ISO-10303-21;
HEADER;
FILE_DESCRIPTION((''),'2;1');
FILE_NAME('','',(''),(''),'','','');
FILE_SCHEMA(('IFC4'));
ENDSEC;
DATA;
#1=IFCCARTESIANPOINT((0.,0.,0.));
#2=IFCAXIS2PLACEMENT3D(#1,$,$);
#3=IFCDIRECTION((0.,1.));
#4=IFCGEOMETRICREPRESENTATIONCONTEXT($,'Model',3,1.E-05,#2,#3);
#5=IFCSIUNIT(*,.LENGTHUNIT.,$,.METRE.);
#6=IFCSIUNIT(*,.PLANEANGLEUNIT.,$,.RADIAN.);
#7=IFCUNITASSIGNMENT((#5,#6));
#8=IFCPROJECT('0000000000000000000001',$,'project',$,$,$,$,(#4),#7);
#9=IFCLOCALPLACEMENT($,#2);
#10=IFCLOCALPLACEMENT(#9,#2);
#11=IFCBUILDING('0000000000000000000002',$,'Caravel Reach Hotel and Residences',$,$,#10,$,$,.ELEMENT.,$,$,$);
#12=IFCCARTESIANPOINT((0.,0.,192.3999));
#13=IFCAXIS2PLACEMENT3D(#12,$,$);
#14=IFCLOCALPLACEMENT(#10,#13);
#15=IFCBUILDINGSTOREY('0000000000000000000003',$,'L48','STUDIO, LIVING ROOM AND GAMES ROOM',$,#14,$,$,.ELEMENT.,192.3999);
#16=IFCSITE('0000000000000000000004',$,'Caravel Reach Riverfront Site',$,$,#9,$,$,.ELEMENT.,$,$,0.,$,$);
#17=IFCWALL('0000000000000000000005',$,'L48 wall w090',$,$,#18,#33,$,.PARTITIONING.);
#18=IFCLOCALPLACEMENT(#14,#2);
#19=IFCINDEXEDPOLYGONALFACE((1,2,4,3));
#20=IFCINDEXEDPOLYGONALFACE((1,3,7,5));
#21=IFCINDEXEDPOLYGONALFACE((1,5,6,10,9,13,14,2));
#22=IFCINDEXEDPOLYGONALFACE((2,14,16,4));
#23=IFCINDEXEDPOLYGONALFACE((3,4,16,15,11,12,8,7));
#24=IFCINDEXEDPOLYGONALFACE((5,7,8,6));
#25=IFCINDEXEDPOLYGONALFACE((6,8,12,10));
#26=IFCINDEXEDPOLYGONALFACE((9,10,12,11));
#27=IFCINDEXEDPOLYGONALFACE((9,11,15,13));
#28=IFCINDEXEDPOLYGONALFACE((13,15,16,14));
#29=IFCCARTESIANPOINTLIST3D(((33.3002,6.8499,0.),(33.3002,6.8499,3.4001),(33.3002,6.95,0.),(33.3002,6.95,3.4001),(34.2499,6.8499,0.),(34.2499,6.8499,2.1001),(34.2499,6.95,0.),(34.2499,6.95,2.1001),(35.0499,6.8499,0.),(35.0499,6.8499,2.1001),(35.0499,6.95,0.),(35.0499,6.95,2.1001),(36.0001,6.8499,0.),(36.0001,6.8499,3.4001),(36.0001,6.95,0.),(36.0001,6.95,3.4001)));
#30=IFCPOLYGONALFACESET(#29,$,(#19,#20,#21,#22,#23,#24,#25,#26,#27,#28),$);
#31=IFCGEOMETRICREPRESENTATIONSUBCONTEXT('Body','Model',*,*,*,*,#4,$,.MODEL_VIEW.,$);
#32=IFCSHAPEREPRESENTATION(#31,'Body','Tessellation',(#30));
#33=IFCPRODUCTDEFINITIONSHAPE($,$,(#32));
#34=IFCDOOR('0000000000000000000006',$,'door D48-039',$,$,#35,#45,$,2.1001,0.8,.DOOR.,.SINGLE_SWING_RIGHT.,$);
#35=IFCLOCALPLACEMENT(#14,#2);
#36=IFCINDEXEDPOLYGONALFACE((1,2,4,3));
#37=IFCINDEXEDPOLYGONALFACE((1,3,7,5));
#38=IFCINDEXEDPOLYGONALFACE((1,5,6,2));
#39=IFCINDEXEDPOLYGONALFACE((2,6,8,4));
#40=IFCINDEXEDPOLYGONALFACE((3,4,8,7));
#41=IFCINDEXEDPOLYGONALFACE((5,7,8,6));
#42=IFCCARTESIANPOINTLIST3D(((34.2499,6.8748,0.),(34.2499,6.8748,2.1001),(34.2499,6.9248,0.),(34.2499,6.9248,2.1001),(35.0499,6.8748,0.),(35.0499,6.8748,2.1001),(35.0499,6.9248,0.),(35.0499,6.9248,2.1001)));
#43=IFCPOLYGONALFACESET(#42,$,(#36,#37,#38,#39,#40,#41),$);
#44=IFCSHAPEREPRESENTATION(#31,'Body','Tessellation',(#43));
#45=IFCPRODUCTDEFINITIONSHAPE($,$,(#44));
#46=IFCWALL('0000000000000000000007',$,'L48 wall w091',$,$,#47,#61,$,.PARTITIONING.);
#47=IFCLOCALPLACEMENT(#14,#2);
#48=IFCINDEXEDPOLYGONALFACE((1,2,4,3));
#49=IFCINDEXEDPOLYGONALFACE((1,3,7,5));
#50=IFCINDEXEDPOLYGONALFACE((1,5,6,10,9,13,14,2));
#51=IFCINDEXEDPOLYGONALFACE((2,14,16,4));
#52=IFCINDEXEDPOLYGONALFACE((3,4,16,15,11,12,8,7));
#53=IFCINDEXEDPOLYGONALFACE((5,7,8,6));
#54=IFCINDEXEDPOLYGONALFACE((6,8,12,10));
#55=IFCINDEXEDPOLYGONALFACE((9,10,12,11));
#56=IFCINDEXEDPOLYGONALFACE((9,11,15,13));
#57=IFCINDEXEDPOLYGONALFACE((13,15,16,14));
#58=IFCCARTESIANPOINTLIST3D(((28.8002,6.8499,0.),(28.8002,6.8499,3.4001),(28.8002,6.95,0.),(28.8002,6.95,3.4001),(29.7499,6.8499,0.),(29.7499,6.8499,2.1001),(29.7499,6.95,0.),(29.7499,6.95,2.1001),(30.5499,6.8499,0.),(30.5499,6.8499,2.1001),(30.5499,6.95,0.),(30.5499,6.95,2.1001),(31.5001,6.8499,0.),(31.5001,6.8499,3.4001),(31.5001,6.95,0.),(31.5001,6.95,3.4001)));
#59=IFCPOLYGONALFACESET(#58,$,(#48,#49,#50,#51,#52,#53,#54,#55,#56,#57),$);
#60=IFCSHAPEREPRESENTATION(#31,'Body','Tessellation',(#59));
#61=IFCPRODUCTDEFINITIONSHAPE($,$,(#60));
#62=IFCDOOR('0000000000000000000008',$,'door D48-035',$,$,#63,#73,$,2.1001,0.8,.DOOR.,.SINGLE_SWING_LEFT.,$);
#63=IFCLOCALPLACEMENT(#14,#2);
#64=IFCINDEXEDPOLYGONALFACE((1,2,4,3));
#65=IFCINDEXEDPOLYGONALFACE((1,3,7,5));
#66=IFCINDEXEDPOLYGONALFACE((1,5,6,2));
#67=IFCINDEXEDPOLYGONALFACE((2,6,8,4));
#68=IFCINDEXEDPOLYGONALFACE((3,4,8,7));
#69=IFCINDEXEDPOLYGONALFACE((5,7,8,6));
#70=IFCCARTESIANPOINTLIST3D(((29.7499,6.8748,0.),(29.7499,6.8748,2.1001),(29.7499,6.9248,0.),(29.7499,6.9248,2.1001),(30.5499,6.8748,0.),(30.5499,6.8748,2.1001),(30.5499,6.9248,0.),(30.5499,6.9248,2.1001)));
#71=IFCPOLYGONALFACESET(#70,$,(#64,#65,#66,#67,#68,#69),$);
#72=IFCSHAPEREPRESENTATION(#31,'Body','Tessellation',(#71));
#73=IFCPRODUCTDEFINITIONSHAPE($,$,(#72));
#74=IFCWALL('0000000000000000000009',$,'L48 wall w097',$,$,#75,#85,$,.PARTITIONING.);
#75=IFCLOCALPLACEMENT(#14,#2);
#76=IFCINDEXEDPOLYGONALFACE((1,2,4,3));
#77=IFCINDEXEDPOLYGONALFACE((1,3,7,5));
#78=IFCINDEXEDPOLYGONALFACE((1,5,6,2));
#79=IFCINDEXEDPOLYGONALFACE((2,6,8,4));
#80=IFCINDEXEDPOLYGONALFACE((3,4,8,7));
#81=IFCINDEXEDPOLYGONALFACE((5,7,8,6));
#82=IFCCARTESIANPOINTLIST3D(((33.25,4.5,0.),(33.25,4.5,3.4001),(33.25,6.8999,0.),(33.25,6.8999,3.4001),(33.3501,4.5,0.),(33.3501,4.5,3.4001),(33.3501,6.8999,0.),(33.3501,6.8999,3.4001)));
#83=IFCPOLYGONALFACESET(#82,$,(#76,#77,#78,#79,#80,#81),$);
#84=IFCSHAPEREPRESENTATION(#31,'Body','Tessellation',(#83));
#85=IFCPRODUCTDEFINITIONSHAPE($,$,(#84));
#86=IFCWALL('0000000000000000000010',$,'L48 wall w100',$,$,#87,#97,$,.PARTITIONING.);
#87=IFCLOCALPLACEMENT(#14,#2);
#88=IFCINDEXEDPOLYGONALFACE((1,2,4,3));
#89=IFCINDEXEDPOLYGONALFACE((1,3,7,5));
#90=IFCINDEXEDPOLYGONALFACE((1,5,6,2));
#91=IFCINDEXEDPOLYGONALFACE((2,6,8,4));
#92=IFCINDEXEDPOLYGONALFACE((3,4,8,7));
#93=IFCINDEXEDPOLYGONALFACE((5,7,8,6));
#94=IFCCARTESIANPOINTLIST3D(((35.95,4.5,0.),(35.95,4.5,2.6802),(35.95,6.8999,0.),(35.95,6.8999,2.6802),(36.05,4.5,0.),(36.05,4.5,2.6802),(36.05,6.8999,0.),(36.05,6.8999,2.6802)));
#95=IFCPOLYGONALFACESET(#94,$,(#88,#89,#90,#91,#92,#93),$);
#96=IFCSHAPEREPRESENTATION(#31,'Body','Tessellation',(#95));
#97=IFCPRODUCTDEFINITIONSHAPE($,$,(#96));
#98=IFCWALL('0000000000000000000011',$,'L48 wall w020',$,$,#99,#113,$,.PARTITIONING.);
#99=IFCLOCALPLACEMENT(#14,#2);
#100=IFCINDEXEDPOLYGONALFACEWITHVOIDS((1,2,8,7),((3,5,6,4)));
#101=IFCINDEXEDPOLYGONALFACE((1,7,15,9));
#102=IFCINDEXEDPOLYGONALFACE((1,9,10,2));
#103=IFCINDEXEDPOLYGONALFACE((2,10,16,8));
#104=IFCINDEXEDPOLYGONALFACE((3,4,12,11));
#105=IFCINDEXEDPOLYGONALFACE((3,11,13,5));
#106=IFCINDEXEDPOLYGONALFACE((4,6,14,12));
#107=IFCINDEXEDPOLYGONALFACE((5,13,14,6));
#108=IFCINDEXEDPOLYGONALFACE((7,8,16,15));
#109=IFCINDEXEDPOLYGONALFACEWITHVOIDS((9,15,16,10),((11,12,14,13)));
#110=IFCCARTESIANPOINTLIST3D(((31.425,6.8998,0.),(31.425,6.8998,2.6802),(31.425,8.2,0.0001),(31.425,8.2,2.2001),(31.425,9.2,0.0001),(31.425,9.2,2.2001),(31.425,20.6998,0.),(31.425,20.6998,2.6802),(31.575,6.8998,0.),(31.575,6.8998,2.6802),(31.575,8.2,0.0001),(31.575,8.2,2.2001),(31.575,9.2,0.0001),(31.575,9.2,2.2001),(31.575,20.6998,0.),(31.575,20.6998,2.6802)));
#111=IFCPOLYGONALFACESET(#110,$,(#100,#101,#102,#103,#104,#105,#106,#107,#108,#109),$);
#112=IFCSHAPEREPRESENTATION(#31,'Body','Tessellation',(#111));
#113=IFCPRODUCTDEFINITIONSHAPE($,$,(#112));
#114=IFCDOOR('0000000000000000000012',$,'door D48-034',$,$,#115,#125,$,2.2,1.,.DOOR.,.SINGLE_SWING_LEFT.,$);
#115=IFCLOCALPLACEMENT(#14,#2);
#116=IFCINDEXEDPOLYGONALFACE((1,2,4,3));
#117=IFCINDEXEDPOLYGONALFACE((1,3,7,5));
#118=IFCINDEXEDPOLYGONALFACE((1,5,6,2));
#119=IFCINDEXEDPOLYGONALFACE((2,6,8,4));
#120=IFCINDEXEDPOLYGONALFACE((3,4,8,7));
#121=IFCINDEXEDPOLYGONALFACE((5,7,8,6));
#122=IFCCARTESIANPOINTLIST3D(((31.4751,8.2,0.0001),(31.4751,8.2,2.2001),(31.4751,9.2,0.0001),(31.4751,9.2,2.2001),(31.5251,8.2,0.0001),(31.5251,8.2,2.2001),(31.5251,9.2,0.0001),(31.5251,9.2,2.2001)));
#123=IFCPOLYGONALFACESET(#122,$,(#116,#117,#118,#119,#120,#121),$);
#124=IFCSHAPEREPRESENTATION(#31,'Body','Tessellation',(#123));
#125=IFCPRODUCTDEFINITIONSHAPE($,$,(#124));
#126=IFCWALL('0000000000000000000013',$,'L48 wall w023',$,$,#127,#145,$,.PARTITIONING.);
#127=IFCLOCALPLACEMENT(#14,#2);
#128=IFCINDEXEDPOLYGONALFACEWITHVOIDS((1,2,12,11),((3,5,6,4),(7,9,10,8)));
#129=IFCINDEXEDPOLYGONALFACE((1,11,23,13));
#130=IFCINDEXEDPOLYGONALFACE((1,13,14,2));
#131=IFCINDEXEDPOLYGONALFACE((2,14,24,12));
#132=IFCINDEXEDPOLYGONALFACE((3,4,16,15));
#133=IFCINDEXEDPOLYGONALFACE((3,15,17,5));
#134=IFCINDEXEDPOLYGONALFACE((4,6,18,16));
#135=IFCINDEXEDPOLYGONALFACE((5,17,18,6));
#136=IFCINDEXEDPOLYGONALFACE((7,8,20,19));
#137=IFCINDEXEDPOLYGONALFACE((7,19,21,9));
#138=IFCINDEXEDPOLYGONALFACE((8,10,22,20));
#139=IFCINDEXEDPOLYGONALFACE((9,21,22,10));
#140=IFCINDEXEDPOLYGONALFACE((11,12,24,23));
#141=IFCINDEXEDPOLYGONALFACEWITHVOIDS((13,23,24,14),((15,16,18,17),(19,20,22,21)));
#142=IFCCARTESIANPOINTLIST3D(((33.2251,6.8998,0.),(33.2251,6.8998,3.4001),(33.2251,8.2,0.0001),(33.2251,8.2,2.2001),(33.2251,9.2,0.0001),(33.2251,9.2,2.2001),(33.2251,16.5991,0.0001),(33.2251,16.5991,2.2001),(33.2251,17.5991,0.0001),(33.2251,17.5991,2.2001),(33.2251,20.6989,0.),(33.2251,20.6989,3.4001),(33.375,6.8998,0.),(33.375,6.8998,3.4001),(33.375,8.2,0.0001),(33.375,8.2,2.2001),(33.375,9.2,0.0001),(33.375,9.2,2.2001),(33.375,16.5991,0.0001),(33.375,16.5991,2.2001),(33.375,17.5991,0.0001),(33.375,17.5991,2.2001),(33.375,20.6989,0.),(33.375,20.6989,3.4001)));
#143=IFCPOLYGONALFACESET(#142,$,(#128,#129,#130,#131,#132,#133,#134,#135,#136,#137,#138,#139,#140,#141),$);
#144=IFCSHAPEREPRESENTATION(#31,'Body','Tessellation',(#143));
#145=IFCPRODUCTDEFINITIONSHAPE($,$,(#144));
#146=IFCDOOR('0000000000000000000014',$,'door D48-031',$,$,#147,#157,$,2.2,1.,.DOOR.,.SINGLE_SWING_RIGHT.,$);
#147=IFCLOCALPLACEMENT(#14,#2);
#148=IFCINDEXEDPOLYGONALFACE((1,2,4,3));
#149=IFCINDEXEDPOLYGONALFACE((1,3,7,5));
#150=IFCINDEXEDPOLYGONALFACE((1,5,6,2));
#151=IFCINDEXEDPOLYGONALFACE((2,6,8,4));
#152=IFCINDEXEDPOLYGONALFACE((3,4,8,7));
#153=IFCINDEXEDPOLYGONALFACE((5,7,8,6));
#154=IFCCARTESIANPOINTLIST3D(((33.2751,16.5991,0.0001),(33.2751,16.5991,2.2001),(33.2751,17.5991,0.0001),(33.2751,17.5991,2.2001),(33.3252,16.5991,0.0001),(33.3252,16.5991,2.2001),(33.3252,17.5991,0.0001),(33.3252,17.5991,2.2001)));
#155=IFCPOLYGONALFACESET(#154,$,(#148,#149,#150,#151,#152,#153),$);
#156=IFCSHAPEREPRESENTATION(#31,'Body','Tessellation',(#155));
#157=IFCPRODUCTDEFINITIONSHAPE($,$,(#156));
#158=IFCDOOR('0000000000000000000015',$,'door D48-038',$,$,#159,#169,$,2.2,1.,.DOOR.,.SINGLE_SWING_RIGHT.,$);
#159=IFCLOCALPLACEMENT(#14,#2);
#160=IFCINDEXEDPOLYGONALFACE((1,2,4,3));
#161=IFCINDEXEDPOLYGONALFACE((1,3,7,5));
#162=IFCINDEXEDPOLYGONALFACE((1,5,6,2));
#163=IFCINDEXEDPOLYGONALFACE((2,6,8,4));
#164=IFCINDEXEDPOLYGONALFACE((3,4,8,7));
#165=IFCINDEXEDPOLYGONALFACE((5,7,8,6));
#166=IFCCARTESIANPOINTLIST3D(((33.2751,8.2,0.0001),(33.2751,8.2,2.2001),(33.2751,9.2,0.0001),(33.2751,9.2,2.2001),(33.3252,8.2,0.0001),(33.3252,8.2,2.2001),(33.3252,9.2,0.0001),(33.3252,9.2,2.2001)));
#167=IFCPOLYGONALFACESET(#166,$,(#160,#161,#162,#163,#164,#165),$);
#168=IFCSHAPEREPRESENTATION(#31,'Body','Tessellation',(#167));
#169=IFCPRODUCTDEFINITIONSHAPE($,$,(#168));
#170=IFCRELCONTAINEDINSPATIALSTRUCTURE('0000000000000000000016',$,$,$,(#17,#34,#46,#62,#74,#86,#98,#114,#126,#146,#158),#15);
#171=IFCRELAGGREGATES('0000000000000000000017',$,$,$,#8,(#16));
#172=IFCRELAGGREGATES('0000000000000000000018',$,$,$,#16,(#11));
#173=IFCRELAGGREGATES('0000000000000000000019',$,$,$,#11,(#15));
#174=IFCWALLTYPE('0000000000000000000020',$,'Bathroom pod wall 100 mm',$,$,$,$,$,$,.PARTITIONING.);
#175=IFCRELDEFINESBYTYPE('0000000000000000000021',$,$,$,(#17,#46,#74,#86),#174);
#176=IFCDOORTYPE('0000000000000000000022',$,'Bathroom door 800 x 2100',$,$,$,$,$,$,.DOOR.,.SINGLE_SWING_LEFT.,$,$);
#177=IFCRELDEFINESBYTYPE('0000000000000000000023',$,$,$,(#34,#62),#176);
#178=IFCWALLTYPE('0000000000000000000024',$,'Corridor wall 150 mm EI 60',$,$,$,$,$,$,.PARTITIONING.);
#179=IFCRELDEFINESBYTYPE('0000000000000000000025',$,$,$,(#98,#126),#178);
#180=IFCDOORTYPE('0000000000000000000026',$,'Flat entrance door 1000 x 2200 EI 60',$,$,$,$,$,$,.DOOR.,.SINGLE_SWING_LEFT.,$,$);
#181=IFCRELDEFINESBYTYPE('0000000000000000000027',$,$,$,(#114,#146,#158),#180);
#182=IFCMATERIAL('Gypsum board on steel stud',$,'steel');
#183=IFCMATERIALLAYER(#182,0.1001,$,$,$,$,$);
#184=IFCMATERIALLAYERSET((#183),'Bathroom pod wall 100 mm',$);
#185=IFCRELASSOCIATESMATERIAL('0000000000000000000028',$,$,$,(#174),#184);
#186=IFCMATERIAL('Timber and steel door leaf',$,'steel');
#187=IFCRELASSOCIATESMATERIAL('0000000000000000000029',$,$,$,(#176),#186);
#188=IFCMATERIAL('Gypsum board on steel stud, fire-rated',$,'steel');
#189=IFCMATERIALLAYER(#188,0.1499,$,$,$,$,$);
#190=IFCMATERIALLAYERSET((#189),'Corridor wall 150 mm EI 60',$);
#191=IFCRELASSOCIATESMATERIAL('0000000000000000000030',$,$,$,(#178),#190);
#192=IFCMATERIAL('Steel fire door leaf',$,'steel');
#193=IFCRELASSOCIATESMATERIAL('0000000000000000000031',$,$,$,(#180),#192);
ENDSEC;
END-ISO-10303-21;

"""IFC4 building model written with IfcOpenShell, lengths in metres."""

from ifc_helpers import new_model, si_unit, direction, frame, frame_2d, origin, place, context, subcontext, project, spatial, rectangle, extrude, material, layer, layer_set, type_object, element, fill, save


model = new_model("IFC4")

# Units and contexts
model_context = context("Model", 3, precision=1e-05, world=origin(), true_north=direction((0.0, 1.0)))
body_context = subcontext(model_context, "Body", "Model", "MODEL_VIEW")
ifc_project = project(units=[si_unit("LENGTHUNIT", "METRE"), si_unit("PLANEANGLEUNIT", "RADIAN")], contexts=[model_context])

# Site, building, storey
site_placement = place(None, origin())
site = spatial("IfcSite", under=ifc_project, at=site_placement, Name="Caravel Reach Riverfront Site", CompositionType="ELEMENT", RefElevation=0.0)
building_placement = place(site_placement, origin())
building = spatial("IfcBuilding", under=site, at=building_placement, Name="Caravel Reach Hotel and Residences", CompositionType="ELEMENT")
storey_placement = place(building_placement, frame((0.0, 0.0, 192.3999)))
storey = spatial("IfcBuildingStorey", under=building, at=storey_placement, Name="L48", Description="STUDIO, LIVING ROOM AND GAMES ROOM", CompositionType="ELEMENT", Elevation=192.3999)

# Walls, openings, doors
ifc_material_1 = material(Name="Gypsum board on steel stud", Category="steel")
ifc_layer_1 = layer(ifc_material_1, 0.1001)
ifc_layer_set_1 = layer_set([ifc_layer_1], Name="Bathroom pod wall 100 mm")
wall_type_1 = type_object("IfcWallType", Name="Bathroom pod wall 100 mm", PredefinedType="PARTITIONING", material=ifc_layer_set_1)
wall_1_placement = place(storey_placement, frame((33.3, 6.8999, 0.0), z_axis=(0.0, 0.0, 1.0), x_axis=(1.0, 0.0, 0.0)))
wall_1 = element("IfcWall", 1, at=wall_1_placement, inside=storey, type_object=wall_type_1, Name="L48 wall w090", PredefinedType="PARTITIONING", context=body_context, shape_type="SweptSolid", body=[
    extrude(rectangle(XDim=2.7, YDim=0.1001, at=frame_2d((1.3501, 0.0))), origin(), (0.0, 0.0, 1.0), 3.4001),
])
opening_1_placement = place(wall_1_placement, frame((0.95, 0.0, 0.0)))
opening_1 = element("IfcOpeningElement", 2, at=opening_1_placement, cuts=wall_1, PredefinedType="OPENING", context=body_context, shape_type="SweptSolid", body=[
    extrude(rectangle(XDim=0.8, YDim=2.1001, at=frame_2d((0.3999, 1.05))), frame((0.0, 0.0601, 0.0), z_axis=(0.0, -1.0, 0.0), x_axis=(1.0, 0.0, 0.0)), (0.0, 0.0, 1.0), 0.1201),
])
ifc_material_2 = material(Name="Timber and steel door leaf", Category="steel")
door_type_1 = type_object("IfcDoorType", Name="Bathroom door 800 x 2100", OperationType="SINGLE_SWING_LEFT", PredefinedType="DOOR", material=ifc_material_2)
door_1_placement = place(opening_1_placement, origin())
door_1 = element("IfcDoor", 3, at=door_1_placement, inside=storey, type_object=door_type_1, Name="door D48-039", OperationType="SINGLE_SWING_RIGHT", OverallHeight=2.1001, OverallWidth=0.8, PredefinedType="DOOR", context=body_context, shape_type="SweptSolid", body=[
    extrude(rectangle(XDim=0.8, YDim=2.1001, at=frame_2d((0.3999, 1.05))), frame((0.0, 0.0249, 0.0), z_axis=(0.0, -1.0, 0.0), x_axis=(1.0, 0.0, 0.0)), (0.0, 0.0, 1.0), 0.05),
])
fill(opening_1, door_1)
wall_2_placement = place(storey_placement, frame((28.8, 6.8999, 0.0), z_axis=(0.0, 0.0, 1.0), x_axis=(1.0, 0.0, 0.0)))
wall_2 = element("IfcWall", 4, at=wall_2_placement, inside=storey, type_object=wall_type_1, Name="L48 wall w091", PredefinedType="PARTITIONING", context=body_context, shape_type="SweptSolid", body=[
    extrude(rectangle(XDim=2.7, YDim=0.1001, at=frame_2d((1.3501, 0.0))), origin(), (0.0, 0.0, 1.0), 3.4001),
])
opening_2_placement = place(wall_2_placement, frame((0.95, 0.0, 0.0)))
opening_2 = element("IfcOpeningElement", 5, at=opening_2_placement, cuts=wall_2, PredefinedType="OPENING", context=body_context, shape_type="SweptSolid", body=[
    extrude(rectangle(XDim=0.8, YDim=2.1001, at=frame_2d((0.3999, 1.05))), frame((0.0, 0.0601, 0.0), z_axis=(0.0, -1.0, 0.0), x_axis=(1.0, 0.0, 0.0)), (0.0, 0.0, 1.0), 0.1201),
])
door_2_placement = place(opening_2_placement, origin())
door_2 = element("IfcDoor", 6, at=door_2_placement, inside=storey, type_object=door_type_1, Name="door D48-035", OperationType="SINGLE_SWING_LEFT", OverallHeight=2.1001, OverallWidth=0.8, PredefinedType="DOOR", context=body_context, shape_type="SweptSolid", body=[
    extrude(rectangle(XDim=0.8, YDim=2.1001, at=frame_2d((0.3999, 1.05))), frame((0.0, 0.0249, 0.0), z_axis=(0.0, -1.0, 0.0), x_axis=(1.0, 0.0, 0.0)), (0.0, 0.0, 1.0), 0.05),
])
fill(opening_2, door_2)

# Walls
wall_3_placement = place(storey_placement, frame((33.3, 4.5, 0.0), z_axis=(0.0, 0.0, 1.0), x_axis=(0.0, 1.0, 0.0)))
element("IfcWall", 7, at=wall_3_placement, inside=storey, type_object=wall_type_1, Name="L48 wall w097", PredefinedType="PARTITIONING", context=body_context, shape_type="SweptSolid", body=[
    extrude(rectangle(XDim=2.3999, YDim=0.1001, at=frame_2d((1.2, 0.0))), origin(), (0.0, 0.0, 1.0), 3.4001),
])
wall_4_placement = place(storey_placement, frame((36.0, 4.5, 0.0), z_axis=(0.0, 0.0, 1.0), x_axis=(0.0, 1.0, 0.0)))
element("IfcWall", 8, at=wall_4_placement, inside=storey, type_object=wall_type_1, Name="L48 wall w100", PredefinedType="PARTITIONING", context=body_context, shape_type="SweptSolid", body=[
    extrude(rectangle(XDim=2.3999, YDim=0.1001, at=frame_2d((1.2, 0.0))), origin(), (0.0, 0.0, 1.0), 2.6802),
])

# Wall, opening, door
ifc_material_3 = material(Name="Gypsum board on steel stud, fire-rated", Category="steel")
ifc_layer_2 = layer(ifc_material_3, 0.1499)
ifc_layer_set_2 = layer_set([ifc_layer_2], Name="Corridor wall 150 mm EI 60")
wall_type_2 = type_object("IfcWallType", Name="Corridor wall 150 mm EI 60", PredefinedType="PARTITIONING", material=ifc_layer_set_2)
wall_5_placement = place(storey_placement, frame((31.5, 6.8999, 0.0), z_axis=(0.0, 0.0, 1.0), x_axis=(0.0, 1.0, 0.0)))
wall_5 = element("IfcWall", 9, at=wall_5_placement, inside=storey, type_object=wall_type_2, Name="L48 wall w020", PredefinedType="PARTITIONING", context=body_context, shape_type="SweptSolid", body=[
    extrude(rectangle(XDim=13.8, YDim=0.1499, at=frame_2d((6.8999, 0.0))), origin(), (0.0, 0.0, 1.0), 2.6802),
])
opening_3_placement = place(wall_5_placement, frame((1.3, 0.0, 0.0)))
opening_3 = element("IfcOpeningElement", 10, at=opening_3_placement, cuts=wall_5, PredefinedType="OPENING", context=body_context, shape_type="SweptSolid", body=[
    extrude(rectangle(XDim=1.0, YDim=2.2, at=frame_2d((0.5, 1.1001))), frame((0.0, 0.085, 0.0), z_axis=(0.0, -1.0, 0.0), x_axis=(1.0, 0.0, 0.0)), (0.0, 0.0, 1.0), 0.1699),
])
ifc_material_4 = material(Name="Steel fire door leaf", Category="steel")
door_type_2 = type_object("IfcDoorType", Name="Flat entrance door 1000 x 2200 EI 60", OperationType="SINGLE_SWING_LEFT", PredefinedType="DOOR", material=ifc_material_4)
door_3_placement = place(opening_3_placement, origin())
door_3 = element("IfcDoor", 11, at=door_3_placement, inside=storey, type_object=door_type_2, Name="door D48-034", OperationType="SINGLE_SWING_LEFT", OverallHeight=2.2, OverallWidth=1.0, PredefinedType="DOOR", context=body_context, shape_type="SweptSolid", body=[
    extrude(rectangle(XDim=1.0, YDim=2.2, at=frame_2d((0.5, 1.1001))), frame((0.0, 0.0249, 0.0), z_axis=(0.0, -1.0, 0.0), x_axis=(1.0, 0.0, 0.0)), (0.0, 0.0, 1.0), 0.05),
])
fill(opening_3, door_3)

# Wall, openings, doors
wall_6_placement = place(storey_placement, frame((33.3, 6.8999, 0.0), z_axis=(0.0, 0.0, 1.0), x_axis=(0.0, 1.0, 0.0)))
wall_6 = element("IfcWall", 12, at=wall_6_placement, inside=storey, type_object=wall_type_2, Name="L48 wall w023", PredefinedType="PARTITIONING", context=body_context, shape_type="SweptSolid", body=[
    extrude(rectangle(XDim=13.7991, YDim=0.1499, at=frame_2d((6.8994, 0.0))), origin(), (0.0, 0.0, 1.0), 3.4001),
])
opening_4_placement = place(wall_6_placement, frame((9.6992, 0.0, 0.0)))
opening_4 = element("IfcOpeningElement", 13, at=opening_4_placement, cuts=wall_6, PredefinedType="OPENING", context=body_context, shape_type="SweptSolid", body=[
    extrude(rectangle(XDim=1.0, YDim=2.2, at=frame_2d((0.5, 1.1001))), frame((0.0, 0.085, 0.0), z_axis=(0.0, -1.0, 0.0), x_axis=(1.0, 0.0, 0.0)), (0.0, 0.0, 1.0), 0.1699),
])
opening_5_placement = place(wall_6_placement, frame((1.3, 0.0, 0.0)))
opening_5 = element("IfcOpeningElement", 14, at=opening_5_placement, cuts=wall_6, PredefinedType="OPENING", context=body_context, shape_type="SweptSolid", body=[
    extrude(rectangle(XDim=1.0, YDim=2.2, at=frame_2d((0.5, 1.1001))), frame((0.0, 0.085, 0.0), z_axis=(0.0, -1.0, 0.0), x_axis=(1.0, 0.0, 0.0)), (0.0, 0.0, 1.0), 0.1699),
])
door_4_placement = place(opening_4_placement, origin())
door_4 = element("IfcDoor", 15, at=door_4_placement, inside=storey, type_object=door_type_2, Name="door D48-031", OperationType="SINGLE_SWING_RIGHT", OverallHeight=2.2, OverallWidth=1.0, PredefinedType="DOOR", context=body_context, shape_type="SweptSolid", body=[
    extrude(rectangle(XDim=1.0, YDim=2.2, at=frame_2d((0.5, 1.1001))), frame((0.0, 0.0249, 0.0), z_axis=(0.0, -1.0, 0.0), x_axis=(1.0, 0.0, 0.0)), (0.0, 0.0, 1.0), 0.05),
])
fill(opening_4, door_4)
door_5_placement = place(opening_5_placement, origin())
door_5 = element("IfcDoor", 16, at=door_5_placement, inside=storey, type_object=door_type_2, Name="door D48-038", OperationType="SINGLE_SWING_RIGHT", OverallHeight=2.2, OverallWidth=1.0, PredefinedType="DOOR", context=body_context, shape_type="SweptSolid", body=[
    extrude(rectangle(XDim=1.0, YDim=2.2, at=frame_2d((0.5, 1.1001))), frame((0.0, 0.0249, 0.0), z_axis=(0.0, -1.0, 0.0), x_axis=(1.0, 0.0, 0.0)), (0.0, 0.0, 1.0), 0.05),
])
fill(opening_5, door_5)

save(model, "model.ifc")
